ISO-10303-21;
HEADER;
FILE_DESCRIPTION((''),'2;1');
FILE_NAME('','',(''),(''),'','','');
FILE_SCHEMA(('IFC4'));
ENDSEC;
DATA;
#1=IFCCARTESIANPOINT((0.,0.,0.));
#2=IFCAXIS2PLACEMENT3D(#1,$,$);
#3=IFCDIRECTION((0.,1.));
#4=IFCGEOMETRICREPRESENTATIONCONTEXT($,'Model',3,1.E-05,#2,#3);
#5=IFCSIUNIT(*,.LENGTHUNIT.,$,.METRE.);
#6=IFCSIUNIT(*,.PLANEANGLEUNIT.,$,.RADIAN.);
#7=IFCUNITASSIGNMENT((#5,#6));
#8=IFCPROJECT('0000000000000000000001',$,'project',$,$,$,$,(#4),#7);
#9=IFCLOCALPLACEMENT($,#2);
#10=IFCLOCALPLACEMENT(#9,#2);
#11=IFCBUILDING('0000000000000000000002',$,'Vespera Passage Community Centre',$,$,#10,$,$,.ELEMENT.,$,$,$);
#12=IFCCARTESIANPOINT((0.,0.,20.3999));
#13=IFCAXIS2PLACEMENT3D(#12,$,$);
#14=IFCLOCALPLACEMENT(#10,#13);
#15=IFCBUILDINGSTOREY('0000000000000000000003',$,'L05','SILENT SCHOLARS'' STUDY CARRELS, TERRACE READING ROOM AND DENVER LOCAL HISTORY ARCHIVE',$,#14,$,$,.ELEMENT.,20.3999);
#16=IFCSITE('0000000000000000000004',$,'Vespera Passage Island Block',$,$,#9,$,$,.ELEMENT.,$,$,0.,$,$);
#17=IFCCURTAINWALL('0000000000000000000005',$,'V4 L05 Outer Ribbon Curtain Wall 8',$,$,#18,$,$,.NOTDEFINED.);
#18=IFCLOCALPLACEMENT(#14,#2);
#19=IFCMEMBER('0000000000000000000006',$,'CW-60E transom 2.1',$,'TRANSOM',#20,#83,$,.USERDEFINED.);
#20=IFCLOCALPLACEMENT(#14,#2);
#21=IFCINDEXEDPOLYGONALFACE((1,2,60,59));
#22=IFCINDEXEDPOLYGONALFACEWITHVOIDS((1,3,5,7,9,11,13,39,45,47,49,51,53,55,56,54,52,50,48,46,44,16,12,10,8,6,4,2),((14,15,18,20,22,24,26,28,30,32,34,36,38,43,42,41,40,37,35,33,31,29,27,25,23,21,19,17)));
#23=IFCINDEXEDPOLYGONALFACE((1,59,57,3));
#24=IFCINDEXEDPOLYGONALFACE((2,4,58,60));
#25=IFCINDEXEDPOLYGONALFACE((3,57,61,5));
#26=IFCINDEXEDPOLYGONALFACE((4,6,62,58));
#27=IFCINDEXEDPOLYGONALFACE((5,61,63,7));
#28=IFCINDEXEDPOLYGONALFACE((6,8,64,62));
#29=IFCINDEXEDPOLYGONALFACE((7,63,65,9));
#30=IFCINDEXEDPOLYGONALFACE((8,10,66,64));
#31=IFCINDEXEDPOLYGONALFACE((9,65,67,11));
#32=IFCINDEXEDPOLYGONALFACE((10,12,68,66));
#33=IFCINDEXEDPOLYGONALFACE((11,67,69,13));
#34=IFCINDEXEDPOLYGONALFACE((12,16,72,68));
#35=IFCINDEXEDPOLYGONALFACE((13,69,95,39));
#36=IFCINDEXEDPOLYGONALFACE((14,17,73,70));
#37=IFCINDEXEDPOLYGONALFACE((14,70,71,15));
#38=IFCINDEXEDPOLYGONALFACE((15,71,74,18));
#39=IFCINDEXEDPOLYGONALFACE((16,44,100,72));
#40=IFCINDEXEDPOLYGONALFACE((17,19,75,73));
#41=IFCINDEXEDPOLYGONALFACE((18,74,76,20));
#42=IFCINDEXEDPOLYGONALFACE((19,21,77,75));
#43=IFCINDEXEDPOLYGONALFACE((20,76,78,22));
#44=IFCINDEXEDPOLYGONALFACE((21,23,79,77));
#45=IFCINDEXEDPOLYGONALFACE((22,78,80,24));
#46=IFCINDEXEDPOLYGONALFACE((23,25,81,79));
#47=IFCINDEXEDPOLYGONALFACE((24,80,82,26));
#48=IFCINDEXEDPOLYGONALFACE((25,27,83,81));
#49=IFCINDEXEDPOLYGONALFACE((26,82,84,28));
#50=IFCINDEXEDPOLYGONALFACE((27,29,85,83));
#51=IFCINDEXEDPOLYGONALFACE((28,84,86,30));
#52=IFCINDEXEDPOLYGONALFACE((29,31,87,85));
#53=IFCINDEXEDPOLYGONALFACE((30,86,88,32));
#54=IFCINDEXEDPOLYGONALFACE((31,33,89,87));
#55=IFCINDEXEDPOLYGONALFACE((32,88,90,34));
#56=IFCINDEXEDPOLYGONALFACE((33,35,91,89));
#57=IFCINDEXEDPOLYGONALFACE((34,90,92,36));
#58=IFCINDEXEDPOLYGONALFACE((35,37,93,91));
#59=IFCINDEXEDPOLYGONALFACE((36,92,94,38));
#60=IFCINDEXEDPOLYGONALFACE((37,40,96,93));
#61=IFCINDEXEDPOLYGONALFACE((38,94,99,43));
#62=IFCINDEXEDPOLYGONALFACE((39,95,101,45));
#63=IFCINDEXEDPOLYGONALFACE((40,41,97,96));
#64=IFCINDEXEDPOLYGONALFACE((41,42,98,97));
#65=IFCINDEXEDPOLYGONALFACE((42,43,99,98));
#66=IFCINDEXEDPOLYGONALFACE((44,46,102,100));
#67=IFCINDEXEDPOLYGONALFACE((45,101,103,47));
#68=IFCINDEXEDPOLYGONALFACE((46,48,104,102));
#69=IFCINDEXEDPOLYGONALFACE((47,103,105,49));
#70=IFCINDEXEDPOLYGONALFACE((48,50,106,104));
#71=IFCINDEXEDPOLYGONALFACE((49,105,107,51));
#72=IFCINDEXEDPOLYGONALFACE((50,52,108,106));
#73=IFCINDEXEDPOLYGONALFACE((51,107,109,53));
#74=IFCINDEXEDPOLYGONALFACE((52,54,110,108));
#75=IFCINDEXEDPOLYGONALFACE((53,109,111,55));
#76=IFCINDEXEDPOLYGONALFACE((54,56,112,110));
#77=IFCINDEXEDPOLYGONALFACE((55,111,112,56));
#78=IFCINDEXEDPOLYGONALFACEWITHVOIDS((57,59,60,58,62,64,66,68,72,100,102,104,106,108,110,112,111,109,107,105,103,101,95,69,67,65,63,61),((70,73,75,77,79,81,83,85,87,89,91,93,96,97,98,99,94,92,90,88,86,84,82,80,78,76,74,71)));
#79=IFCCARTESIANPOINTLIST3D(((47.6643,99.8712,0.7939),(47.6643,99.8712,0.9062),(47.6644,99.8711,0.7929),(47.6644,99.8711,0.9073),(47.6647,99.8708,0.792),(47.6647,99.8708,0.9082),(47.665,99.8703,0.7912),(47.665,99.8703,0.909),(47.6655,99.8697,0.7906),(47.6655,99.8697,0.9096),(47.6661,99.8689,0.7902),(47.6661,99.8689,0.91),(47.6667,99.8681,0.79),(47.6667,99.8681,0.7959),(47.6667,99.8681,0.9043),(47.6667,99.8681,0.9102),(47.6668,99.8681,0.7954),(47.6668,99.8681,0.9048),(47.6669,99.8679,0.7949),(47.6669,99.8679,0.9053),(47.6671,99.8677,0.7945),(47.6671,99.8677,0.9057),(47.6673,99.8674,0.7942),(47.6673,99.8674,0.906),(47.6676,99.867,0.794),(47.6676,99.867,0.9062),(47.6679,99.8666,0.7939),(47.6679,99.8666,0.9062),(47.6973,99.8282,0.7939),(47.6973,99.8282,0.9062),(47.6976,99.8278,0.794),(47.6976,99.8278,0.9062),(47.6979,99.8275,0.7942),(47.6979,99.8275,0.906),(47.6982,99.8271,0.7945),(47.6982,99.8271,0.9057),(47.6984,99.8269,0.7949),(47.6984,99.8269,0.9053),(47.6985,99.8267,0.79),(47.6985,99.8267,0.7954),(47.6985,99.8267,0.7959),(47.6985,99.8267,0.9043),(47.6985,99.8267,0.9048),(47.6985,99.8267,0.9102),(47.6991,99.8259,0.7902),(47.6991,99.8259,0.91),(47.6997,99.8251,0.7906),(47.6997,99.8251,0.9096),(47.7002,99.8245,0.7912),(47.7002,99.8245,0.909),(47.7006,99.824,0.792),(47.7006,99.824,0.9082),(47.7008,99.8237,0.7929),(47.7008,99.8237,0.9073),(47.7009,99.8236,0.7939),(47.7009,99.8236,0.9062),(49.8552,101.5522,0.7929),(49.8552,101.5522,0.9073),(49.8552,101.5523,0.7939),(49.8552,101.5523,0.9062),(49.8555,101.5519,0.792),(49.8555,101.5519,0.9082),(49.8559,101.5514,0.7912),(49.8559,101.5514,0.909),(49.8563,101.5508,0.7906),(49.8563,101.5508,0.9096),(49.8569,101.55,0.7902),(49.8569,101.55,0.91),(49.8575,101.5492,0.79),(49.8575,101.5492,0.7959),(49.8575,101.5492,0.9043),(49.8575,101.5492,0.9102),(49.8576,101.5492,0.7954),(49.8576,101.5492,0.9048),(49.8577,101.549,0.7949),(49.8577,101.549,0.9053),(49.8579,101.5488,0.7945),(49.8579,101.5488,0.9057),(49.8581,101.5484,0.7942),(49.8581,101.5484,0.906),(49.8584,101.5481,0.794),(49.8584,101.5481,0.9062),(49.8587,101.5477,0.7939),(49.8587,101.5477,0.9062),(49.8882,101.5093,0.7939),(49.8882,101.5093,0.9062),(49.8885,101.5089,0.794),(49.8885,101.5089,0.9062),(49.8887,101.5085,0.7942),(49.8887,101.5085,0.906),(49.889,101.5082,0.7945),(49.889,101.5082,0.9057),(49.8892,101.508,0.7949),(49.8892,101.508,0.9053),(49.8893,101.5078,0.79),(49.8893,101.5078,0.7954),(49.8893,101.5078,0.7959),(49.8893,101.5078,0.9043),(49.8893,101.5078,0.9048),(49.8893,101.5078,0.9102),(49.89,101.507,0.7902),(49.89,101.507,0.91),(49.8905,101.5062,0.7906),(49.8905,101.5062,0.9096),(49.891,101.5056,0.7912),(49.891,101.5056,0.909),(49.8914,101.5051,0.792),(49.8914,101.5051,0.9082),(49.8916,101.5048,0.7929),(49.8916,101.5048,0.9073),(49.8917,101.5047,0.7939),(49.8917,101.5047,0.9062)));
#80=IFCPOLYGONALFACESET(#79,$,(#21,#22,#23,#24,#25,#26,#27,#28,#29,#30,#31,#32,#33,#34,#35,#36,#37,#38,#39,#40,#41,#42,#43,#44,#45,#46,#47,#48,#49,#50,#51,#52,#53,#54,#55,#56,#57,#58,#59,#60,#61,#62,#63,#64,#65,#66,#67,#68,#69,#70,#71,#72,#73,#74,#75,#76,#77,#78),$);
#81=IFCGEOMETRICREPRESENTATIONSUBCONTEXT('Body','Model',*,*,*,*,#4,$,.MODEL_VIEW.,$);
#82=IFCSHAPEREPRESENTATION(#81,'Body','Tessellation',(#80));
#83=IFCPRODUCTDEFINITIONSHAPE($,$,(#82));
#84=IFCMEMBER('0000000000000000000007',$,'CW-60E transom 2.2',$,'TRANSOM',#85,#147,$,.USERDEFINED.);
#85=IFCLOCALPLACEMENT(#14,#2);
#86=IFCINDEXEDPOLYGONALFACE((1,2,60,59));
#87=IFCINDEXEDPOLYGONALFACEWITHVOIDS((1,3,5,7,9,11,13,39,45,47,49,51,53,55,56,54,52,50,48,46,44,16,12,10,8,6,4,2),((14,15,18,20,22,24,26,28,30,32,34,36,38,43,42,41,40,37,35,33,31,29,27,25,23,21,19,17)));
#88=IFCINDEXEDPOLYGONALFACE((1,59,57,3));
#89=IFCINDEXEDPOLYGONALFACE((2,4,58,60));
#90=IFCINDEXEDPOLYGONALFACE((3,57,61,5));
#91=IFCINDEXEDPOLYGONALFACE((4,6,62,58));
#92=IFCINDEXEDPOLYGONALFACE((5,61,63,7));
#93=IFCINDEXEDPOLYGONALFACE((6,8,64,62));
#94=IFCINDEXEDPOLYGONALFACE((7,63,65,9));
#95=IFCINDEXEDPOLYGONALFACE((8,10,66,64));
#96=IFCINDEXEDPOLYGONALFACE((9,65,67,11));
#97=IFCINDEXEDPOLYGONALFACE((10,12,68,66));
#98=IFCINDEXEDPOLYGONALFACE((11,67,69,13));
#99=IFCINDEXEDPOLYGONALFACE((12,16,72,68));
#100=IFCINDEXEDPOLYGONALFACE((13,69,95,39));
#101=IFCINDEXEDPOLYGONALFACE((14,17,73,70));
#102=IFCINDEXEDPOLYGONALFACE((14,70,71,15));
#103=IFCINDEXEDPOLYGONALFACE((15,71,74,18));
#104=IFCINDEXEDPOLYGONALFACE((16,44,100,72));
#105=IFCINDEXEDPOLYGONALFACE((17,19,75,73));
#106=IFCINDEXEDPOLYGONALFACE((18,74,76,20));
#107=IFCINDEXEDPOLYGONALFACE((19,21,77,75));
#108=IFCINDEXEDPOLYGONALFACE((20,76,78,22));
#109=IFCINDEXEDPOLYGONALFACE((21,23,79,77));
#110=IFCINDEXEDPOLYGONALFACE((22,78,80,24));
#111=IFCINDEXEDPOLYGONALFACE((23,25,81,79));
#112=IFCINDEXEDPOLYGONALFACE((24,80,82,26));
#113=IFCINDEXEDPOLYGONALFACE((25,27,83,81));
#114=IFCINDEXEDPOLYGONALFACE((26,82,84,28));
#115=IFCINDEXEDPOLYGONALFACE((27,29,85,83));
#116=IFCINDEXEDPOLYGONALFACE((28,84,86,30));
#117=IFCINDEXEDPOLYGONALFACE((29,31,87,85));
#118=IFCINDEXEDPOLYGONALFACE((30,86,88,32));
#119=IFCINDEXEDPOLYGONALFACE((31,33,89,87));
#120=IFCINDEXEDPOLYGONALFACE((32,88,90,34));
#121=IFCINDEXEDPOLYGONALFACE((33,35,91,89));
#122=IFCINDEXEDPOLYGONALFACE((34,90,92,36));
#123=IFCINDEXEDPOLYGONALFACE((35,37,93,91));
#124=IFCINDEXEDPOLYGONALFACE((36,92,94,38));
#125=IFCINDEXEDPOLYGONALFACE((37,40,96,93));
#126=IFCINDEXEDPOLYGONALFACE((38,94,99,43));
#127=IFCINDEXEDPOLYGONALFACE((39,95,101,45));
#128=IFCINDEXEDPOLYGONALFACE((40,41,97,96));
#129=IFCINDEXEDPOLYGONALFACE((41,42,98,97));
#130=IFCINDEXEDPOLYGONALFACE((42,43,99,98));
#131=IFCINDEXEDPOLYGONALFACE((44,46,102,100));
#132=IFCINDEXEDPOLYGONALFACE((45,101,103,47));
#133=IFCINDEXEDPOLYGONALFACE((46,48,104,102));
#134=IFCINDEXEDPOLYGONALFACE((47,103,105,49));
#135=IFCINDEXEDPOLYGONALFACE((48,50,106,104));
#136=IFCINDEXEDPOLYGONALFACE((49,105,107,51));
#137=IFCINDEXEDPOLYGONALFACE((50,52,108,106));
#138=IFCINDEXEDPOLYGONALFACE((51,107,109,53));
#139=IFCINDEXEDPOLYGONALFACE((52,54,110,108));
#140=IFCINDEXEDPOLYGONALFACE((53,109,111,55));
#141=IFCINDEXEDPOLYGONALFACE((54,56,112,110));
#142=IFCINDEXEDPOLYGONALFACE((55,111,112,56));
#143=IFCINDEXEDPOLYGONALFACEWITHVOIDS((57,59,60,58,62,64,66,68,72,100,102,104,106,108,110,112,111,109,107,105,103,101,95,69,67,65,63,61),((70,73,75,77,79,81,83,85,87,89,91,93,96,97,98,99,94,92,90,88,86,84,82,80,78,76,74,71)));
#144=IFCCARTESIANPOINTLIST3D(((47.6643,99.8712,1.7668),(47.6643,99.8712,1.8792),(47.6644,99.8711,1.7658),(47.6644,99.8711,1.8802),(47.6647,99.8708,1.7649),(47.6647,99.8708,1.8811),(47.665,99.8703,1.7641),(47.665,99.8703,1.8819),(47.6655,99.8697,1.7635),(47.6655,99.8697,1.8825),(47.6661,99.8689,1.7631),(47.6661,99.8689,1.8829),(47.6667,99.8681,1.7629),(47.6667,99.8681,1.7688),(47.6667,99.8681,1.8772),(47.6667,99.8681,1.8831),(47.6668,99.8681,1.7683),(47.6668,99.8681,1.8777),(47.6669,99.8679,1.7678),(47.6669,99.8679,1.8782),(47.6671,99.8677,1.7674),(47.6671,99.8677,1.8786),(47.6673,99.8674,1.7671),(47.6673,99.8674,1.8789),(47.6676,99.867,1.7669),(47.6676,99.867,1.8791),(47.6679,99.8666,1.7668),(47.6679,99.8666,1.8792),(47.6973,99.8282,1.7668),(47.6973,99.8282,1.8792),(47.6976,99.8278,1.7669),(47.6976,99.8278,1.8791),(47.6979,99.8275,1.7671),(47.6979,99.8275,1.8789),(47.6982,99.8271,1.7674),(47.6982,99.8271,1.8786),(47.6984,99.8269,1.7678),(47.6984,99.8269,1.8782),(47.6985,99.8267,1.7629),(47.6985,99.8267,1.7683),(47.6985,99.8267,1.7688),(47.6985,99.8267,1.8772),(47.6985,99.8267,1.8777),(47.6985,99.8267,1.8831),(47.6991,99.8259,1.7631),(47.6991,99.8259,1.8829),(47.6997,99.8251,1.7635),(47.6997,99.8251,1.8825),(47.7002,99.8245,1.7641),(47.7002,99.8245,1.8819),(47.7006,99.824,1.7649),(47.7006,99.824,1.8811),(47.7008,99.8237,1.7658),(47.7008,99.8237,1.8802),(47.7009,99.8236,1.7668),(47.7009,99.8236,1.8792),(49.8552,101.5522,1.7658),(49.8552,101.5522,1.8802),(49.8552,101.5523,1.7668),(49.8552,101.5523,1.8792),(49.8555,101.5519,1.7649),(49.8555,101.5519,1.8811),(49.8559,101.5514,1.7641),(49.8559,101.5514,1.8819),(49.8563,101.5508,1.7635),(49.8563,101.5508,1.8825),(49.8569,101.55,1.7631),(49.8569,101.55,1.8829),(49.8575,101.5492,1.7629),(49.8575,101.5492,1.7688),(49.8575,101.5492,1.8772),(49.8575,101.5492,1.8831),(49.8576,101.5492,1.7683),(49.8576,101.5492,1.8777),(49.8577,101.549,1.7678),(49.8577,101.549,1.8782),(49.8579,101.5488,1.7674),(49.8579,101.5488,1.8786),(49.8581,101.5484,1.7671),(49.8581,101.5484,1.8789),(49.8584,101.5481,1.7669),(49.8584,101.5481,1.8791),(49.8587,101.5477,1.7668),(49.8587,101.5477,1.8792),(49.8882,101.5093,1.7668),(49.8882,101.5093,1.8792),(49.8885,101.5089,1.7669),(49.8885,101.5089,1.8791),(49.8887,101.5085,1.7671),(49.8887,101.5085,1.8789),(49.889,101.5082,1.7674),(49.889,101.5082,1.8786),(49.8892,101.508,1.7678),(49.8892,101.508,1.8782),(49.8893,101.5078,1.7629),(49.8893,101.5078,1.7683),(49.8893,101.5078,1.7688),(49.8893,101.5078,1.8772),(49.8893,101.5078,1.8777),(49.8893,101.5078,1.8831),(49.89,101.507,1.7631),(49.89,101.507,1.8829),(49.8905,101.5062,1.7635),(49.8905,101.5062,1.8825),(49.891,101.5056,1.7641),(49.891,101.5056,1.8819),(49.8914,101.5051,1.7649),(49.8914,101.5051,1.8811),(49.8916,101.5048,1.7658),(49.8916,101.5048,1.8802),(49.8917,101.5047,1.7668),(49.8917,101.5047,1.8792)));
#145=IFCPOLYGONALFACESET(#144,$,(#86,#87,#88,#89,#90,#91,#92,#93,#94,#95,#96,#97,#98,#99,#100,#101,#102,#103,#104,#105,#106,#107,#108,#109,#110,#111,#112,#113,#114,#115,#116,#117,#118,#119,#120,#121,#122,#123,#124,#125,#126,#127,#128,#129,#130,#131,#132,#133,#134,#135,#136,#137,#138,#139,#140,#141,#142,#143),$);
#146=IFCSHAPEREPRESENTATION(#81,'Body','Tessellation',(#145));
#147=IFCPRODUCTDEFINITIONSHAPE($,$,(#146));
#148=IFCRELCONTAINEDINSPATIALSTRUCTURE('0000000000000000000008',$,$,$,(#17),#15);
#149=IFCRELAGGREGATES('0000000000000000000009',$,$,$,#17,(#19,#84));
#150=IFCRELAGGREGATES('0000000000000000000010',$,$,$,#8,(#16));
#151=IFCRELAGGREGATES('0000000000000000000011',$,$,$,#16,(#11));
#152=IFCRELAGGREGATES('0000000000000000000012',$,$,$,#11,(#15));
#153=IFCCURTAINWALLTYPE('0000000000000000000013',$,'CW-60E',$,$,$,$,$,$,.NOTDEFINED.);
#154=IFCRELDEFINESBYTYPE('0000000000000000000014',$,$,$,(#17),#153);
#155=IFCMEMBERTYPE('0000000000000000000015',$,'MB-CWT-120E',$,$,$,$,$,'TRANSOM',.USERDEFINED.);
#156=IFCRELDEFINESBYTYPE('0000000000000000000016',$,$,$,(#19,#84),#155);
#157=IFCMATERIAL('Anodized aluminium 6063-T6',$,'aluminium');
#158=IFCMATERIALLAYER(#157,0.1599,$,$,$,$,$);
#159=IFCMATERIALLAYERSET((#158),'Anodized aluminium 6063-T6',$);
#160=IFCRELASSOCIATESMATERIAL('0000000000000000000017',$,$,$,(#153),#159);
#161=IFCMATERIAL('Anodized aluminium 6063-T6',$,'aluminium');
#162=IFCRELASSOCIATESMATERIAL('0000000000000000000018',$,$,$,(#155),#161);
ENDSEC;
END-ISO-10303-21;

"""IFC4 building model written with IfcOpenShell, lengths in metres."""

from ifc_helpers import new_model, si_unit, direction, frame, origin, origin_2d, place, context, subcontext, project, spatial, hollow_rectangle, extrude, material, layer, layer_set, material_profile, profile_set, type_object, element, aggregate, save


model = new_model("IFC4")

# Units and contexts
model_context = context("Model", 3, precision=1e-05, world=origin(), true_north=direction((0.0, 1.0)))
body_context = subcontext(model_context, "Body", "Model", "MODEL_VIEW")
ifc_project = project(units=[si_unit("LENGTHUNIT", "METRE"), si_unit("PLANEANGLEUNIT", "RADIAN")], contexts=[model_context])

# Site, building, storey
site_placement = place(None, origin())
site = spatial("IfcSite", under=ifc_project, at=site_placement, Name="Vespera Passage Island Block", CompositionType="ELEMENT", RefElevation=0.0)
building_placement = place(site_placement, origin())
building = spatial("IfcBuilding", under=site, at=building_placement, Name="Vespera Passage Community Centre", CompositionType="ELEMENT")
storey_placement = place(building_placement, frame((0.0, 0.0, 20.3999)))
storey = spatial("IfcBuildingStorey", under=building, at=storey_placement, Name="L05", Description="SILENT SCHOLARS' STUDY CARRELS, TERRACE READING ROOM AND DENVER LOCAL HISTORY ARCHIVE", CompositionType="ELEMENT", Elevation=20.3999)

# Curtain wall
ifc_material_1 = material(Name="Anodized aluminium 6063-T6", Category="aluminium")
ifc_layer_1 = layer(ifc_material_1, 0.1599)
ifc_layer_set_1 = layer_set([ifc_layer_1], Name="Anodized aluminium 6063-T6")
curtain_wall_type_1 = type_object("IfcCurtainWallType", Name="CW-60E", PredefinedType="NOTDEFINED", material=ifc_layer_set_1)
curtain_wall_1_placement = place(storey_placement, origin())
curtain_wall_1 = element("IfcCurtainWall", 1, at=curtain_wall_1_placement, inside=storey, type_object=curtain_wall_type_1, Name="V4 L05 Outer Ribbon Curtain Wall 8", PredefinedType="NOTDEFINED")

# Members
ifc_material_2 = material(Name="Anodized aluminium 6063-T6", Category="aluminium")
ifc_material_profile_1 = material_profile(ifc_material_2, hollow_rectangle(XDim=0.0601, YDim=0.1201, WallThickness=0.0039, InnerFilletRadius=0.002, OuterFilletRadius=0.0039, at=origin_2d()), Name="ALU120X60X4")
ifc_profile_set_1 = profile_set([ifc_material_profile_1], Name="Anodized aluminium 6063-T6")
member_type_1 = type_object("IfcMemberType", Name="MB-CWT-120E", ElementType="TRANSOM", PredefinedType="USERDEFINED", material=ifc_profile_set_1)
member_1_placement = place(storey_placement, frame((47.6826, 99.8474, 0.8501), z_axis=(0.793353, 0.608762, 0.0), x_axis=(-0.608762, 0.793353, 0.0)))
member_1 = element("IfcMember", 2, at=member_1_placement, type_object=member_type_1, Name="CW-60E transom 2.1", ObjectType="TRANSOM", PredefinedType="USERDEFINED", context=body_context, shape_type="SweptSolid", body=[
    extrude(hollow_rectangle(XDim=0.0601, YDim=0.1201, WallThickness=0.0039, InnerFilletRadius=0.002, OuterFilletRadius=0.0039, at=origin_2d()), origin(), (0.0, 0.0, 1.0), 2.7615),
])
member_2_placement = place(storey_placement, frame((47.6826, 99.8474, 1.823), z_axis=(0.793353, 0.608762, 0.0), x_axis=(-0.608762, 0.793353, 0.0)))
member_2 = element("IfcMember", 3, at=member_2_placement, type_object=member_type_1, Name="CW-60E transom 2.2", ObjectType="TRANSOM", PredefinedType="USERDEFINED", context=body_context, shape_type="SweptSolid", body=[
    extrude(hollow_rectangle(XDim=0.0601, YDim=0.1201, WallThickness=0.0039, InnerFilletRadius=0.002, OuterFilletRadius=0.0039, at=origin_2d()), origin(), (0.0, 0.0, 1.0), 2.7615),
])

aggregate(curtain_wall_1, [member_1, member_2])

save(model, "model.ifc")
